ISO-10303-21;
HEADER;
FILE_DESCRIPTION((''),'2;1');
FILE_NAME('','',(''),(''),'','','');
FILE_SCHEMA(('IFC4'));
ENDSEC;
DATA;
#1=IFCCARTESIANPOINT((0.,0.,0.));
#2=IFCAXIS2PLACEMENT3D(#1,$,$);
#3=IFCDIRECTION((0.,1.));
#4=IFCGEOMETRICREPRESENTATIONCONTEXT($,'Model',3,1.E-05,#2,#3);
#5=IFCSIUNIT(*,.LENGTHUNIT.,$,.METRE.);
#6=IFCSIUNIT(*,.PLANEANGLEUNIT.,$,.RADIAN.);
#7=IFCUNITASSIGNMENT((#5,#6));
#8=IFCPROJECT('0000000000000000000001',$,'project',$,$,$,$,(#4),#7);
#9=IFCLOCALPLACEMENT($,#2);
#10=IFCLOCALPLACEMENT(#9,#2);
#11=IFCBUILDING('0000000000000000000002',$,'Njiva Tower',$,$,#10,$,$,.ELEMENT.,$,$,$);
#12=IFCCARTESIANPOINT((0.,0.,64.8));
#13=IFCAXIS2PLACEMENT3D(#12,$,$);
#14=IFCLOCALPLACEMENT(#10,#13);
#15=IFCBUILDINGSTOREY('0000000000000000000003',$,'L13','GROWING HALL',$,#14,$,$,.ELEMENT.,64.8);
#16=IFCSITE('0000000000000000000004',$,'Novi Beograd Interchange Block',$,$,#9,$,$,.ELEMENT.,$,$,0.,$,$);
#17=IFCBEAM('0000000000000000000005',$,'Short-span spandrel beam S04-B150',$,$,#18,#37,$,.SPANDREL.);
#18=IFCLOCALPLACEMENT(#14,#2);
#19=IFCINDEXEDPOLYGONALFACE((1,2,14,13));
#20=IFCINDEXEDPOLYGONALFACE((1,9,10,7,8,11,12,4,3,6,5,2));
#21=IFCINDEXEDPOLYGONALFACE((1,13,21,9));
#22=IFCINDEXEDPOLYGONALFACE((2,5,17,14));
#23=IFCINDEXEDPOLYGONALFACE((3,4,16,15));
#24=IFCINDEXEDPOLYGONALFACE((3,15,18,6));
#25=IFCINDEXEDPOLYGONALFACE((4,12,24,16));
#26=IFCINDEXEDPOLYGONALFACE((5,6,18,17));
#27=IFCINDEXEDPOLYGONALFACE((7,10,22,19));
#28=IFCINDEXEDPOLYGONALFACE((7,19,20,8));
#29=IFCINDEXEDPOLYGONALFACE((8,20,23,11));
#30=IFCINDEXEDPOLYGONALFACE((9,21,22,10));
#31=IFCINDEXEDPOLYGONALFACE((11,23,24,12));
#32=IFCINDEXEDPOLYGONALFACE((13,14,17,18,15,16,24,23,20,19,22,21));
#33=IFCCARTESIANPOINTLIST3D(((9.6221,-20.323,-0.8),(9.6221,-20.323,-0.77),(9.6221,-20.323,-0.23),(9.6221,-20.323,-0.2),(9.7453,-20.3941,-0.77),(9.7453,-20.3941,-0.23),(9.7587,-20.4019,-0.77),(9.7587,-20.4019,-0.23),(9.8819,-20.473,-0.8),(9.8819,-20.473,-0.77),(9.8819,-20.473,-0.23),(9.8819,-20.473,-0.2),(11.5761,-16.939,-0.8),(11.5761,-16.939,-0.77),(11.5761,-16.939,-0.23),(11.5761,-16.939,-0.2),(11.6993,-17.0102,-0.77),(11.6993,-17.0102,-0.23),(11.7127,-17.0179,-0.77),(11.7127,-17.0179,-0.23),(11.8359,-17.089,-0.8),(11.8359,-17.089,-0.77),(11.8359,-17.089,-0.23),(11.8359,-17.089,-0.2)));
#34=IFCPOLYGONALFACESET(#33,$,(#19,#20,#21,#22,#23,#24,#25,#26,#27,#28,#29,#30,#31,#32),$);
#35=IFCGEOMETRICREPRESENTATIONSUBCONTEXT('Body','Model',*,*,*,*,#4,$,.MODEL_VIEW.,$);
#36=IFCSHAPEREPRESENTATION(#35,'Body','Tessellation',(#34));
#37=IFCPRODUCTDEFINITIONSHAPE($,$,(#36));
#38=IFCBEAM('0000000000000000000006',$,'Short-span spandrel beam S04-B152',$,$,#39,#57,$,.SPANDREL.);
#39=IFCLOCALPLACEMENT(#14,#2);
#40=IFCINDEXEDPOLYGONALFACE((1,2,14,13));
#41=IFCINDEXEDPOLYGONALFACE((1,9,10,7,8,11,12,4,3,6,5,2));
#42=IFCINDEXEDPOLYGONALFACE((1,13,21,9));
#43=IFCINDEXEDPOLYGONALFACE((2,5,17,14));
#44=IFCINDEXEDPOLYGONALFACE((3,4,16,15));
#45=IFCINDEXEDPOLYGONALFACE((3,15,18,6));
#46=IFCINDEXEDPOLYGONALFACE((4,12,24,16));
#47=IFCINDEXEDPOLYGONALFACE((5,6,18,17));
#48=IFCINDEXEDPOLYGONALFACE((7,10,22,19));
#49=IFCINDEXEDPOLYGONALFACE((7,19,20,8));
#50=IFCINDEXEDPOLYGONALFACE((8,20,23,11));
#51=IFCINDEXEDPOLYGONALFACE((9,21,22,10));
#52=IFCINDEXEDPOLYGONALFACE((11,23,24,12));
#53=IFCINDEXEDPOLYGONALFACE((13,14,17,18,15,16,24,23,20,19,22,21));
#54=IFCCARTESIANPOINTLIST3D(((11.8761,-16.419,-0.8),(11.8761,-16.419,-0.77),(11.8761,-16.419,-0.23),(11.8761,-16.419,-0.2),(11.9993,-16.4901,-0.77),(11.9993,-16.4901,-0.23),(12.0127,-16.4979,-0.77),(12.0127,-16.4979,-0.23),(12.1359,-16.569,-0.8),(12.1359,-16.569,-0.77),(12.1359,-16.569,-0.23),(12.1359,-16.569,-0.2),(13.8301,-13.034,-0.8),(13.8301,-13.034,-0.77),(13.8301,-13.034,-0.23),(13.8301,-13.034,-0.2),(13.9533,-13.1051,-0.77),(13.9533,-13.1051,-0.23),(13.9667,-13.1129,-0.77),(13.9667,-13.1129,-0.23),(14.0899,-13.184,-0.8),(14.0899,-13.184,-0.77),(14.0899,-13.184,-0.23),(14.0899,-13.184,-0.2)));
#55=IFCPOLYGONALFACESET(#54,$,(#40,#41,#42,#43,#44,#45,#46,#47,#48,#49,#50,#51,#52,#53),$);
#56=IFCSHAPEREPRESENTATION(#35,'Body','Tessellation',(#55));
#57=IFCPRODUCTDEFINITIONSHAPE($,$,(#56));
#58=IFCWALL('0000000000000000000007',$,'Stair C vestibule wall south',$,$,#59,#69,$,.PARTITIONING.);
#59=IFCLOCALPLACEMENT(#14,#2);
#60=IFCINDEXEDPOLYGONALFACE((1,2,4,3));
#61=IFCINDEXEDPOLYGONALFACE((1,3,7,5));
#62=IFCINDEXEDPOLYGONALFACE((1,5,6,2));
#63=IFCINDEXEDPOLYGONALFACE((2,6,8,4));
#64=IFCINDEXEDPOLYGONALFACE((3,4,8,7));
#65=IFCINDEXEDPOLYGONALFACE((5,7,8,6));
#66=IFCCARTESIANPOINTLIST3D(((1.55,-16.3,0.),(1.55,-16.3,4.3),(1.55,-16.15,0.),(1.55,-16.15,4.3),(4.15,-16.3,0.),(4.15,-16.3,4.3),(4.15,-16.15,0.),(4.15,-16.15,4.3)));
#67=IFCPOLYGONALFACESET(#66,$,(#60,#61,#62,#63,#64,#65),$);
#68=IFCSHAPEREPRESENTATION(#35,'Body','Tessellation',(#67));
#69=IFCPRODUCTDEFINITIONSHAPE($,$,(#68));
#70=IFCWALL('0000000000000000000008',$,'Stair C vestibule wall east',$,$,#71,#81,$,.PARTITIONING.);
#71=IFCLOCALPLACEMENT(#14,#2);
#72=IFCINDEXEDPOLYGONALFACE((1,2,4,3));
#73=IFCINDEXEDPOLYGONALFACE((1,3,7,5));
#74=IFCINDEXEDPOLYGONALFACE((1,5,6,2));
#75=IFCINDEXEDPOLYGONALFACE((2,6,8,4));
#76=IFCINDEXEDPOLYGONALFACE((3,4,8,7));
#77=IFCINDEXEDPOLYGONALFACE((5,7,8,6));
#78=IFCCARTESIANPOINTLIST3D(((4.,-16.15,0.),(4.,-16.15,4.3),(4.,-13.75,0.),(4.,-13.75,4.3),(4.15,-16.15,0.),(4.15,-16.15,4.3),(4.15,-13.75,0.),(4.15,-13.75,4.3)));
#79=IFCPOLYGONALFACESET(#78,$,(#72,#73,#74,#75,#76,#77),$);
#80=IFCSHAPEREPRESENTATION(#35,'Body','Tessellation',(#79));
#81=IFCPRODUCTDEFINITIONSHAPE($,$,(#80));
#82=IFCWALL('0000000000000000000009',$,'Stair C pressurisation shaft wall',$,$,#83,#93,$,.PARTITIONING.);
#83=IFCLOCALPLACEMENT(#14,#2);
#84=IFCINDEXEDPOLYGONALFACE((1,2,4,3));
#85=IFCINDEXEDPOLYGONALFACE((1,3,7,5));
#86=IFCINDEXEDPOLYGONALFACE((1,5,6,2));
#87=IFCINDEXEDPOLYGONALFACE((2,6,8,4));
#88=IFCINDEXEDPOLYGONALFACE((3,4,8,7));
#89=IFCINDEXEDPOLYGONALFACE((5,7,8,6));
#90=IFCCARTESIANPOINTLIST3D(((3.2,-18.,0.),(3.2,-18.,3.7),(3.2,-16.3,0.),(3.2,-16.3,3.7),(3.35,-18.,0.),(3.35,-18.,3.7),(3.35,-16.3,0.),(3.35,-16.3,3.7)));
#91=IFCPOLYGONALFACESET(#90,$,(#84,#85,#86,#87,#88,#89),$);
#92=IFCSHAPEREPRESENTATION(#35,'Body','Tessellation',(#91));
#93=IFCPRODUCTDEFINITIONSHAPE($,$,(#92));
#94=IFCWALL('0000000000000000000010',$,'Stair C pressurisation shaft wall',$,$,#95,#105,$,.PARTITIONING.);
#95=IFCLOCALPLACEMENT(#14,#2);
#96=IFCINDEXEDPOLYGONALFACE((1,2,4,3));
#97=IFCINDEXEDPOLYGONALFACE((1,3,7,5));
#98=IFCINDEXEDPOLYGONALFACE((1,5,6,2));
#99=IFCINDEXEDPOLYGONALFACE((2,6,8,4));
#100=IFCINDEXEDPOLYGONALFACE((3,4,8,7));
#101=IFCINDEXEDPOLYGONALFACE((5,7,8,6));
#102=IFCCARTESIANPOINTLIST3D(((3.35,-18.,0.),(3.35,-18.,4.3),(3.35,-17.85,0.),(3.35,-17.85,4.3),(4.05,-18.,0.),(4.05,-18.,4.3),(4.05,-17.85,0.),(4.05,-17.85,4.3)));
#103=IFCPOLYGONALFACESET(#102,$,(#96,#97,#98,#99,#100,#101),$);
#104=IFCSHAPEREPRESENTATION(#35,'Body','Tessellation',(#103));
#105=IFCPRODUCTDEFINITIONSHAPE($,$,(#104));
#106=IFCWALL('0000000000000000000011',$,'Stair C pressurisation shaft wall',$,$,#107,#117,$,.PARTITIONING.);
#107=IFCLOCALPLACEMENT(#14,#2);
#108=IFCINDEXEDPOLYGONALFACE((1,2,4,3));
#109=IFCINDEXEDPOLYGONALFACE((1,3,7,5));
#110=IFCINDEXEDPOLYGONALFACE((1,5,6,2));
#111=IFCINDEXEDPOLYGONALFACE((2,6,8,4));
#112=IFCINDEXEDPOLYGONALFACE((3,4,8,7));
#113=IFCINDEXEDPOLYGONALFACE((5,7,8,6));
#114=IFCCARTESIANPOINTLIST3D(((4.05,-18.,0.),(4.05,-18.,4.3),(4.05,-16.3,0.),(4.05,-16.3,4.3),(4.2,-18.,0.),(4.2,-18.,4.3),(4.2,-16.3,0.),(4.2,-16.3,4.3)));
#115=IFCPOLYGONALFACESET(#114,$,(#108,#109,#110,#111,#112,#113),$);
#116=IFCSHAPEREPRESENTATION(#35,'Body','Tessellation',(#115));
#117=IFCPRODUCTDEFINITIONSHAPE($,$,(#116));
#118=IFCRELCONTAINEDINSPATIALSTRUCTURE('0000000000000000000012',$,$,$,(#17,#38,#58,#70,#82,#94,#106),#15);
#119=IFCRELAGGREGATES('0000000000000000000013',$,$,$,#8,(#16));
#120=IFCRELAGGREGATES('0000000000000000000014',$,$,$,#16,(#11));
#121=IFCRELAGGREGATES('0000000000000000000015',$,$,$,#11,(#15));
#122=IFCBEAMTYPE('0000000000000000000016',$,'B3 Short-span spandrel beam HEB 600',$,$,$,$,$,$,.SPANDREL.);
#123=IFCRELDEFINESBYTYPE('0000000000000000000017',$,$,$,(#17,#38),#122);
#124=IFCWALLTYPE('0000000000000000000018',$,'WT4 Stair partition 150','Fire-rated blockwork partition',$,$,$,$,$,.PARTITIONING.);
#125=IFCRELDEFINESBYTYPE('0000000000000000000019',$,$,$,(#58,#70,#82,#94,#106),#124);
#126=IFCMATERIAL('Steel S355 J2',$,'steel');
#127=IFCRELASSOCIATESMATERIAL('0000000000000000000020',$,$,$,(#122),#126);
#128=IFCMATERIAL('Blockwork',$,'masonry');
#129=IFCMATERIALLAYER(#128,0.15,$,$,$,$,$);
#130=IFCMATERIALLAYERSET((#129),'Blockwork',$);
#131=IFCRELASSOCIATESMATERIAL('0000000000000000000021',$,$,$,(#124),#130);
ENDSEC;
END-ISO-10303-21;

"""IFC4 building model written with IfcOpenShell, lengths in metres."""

from ifc_helpers import new_model, si_unit, direction, frame, frame_2d, origin, origin_2d, place, context, subcontext, project, spatial, rectangle, i_section, extrude, material, layer, layer_set, material_profile, profile_set, type_object, element, save


model = new_model("IFC4")

# Units and contexts
model_context = context("Model", 3, precision=1e-05, world=origin(), true_north=direction((0.0, 1.0)))
body_context = subcontext(model_context, "Body", "Model", "MODEL_VIEW")
ifc_project = project(units=[si_unit("LENGTHUNIT", "METRE"), si_unit("PLANEANGLEUNIT", "RADIAN")], contexts=[model_context])

# Site, building, storey
site_placement = place(None, origin())
site = spatial("IfcSite", under=ifc_project, at=site_placement, Name="Novi Beograd Interchange Block", CompositionType="ELEMENT", RefElevation=0.0)
building_placement = place(site_placement, origin())
building = spatial("IfcBuilding", under=site, at=building_placement, Name="Njiva Tower", CompositionType="ELEMENT")
storey_placement = place(building_placement, frame((0.0, 0.0, 64.8)))
storey = spatial("IfcBuildingStorey", under=building, at=storey_placement, Name="L13", Description="GROWING HALL", CompositionType="ELEMENT", Elevation=64.8)

# Shared definitions
ifc_material_1 = material(Name="Steel S355 J2", Category="steel")

# Beams
ifc_material_profile_1 = material_profile(ifc_material_1, i_section(OverallWidth=0.3, OverallDepth=0.6, WebThickness=0.0155, FlangeThickness=0.03, at=origin_2d()), Name="HEB 600")
ifc_profile_set_1 = profile_set([ifc_material_profile_1], Name="Steel S355 J2")
beam_type_1 = type_object("IfcBeamType", Name="B3 Short-span spandrel beam HEB 600", PredefinedType="SPANDREL", material=ifc_profile_set_1)
beam_1_placement = place(storey_placement, frame((9.752, -20.398, -0.5), z_axis=(0.500047, 0.865998, 0.0), x_axis=(-0.865998, 0.500047, 0.0)))
element("IfcBeam", 1, at=beam_1_placement, inside=storey, type_object=beam_type_1, Name="Short-span spandrel beam S04-B150", PredefinedType="SPANDREL", context=body_context, shape_type="SweptSolid", body=[
    extrude(i_section(OverallWidth=0.3, OverallDepth=0.6, WebThickness=0.0155, FlangeThickness=0.03, at=origin_2d()), origin(), (0.0, 0.0, 1.0), 3.9076),
])
beam_2_placement = place(storey_placement, frame((12.006, -16.494, -0.5), z_axis=(0.499937, 0.866062, 0.0), x_axis=(-0.866062, 0.499937, 0.0)))
element("IfcBeam", 2, at=beam_2_placement, inside=storey, type_object=beam_type_1, Name="Short-span spandrel beam S04-B152", PredefinedType="SPANDREL", context=body_context, shape_type="SweptSolid", body=[
    extrude(i_section(OverallWidth=0.3, OverallDepth=0.6, WebThickness=0.0155, FlangeThickness=0.03, at=origin_2d()), origin(), (0.0, 0.0, 1.0), 3.9085),
])

# Walls
ifc_material_2 = material(Name="Blockwork", Category="masonry")
ifc_layer = layer(ifc_material_2, 0.15)
ifc_layer_set = layer_set([ifc_layer], Name="Blockwork")
wall_type = type_object("IfcWallType", Name="WT4 Stair partition 150", Description="Fire-rated blockwork partition", PredefinedType="PARTITIONING", material=ifc_layer_set)
wall_1_placement = place(storey_placement, frame((1.55, -16.225, 0.0), z_axis=(0.0, 0.0, 1.0), x_axis=(1.0, 0.0, 0.0)))
element("IfcWall", 3, at=wall_1_placement, inside=storey, type_object=wall_type, Name="Stair C vestibule wall south", PredefinedType="PARTITIONING", context=body_context, shape_type="SweptSolid", body=[
    extrude(rectangle(XDim=2.6, YDim=0.15, at=frame_2d((1.3, 0.0))), origin(), (0.0, 0.0, 1.0), 4.3),
])
wall_2_placement = place(storey_placement, frame((4.075, -16.15, 0.0), z_axis=(0.0, 0.0, 1.0), x_axis=(0.0, 1.0, 0.0)))
element("IfcWall", 4, at=wall_2_placement, inside=storey, type_object=wall_type, Name="Stair C vestibule wall east", PredefinedType="PARTITIONING", context=body_context, shape_type="SweptSolid", body=[
    extrude(rectangle(XDim=2.4, YDim=0.15, at=frame_2d((1.2, 0.0))), origin(), (0.0, 0.0, 1.0), 4.3),
])
wall_3_placement = place(storey_placement, frame((3.275, -18.0, 0.0), z_axis=(0.0, 0.0, 1.0), x_axis=(0.0, 1.0, 0.0)))
element("IfcWall", 5, at=wall_3_placement, inside=storey, type_object=wall_type, Name="Stair C pressurisation shaft wall", PredefinedType="PARTITIONING", context=body_context, shape_type="SweptSolid", body=[
    extrude(rectangle(XDim=1.7, YDim=0.15, at=frame_2d((0.85, 0.0))), origin(), (0.0, 0.0, 1.0), 3.7),
])
wall_4_placement = place(storey_placement, frame((3.35, -17.925, 0.0), z_axis=(0.0, 0.0, 1.0), x_axis=(1.0, 0.0, 0.0)))
element("IfcWall", 6, at=wall_4_placement, inside=storey, type_object=wall_type, Name="Stair C pressurisation shaft wall", PredefinedType="PARTITIONING", context=body_context, shape_type="SweptSolid", body=[
    extrude(rectangle(XDim=0.7, YDim=0.15, at=frame_2d((0.35, 0.0))), origin(), (0.0, 0.0, 1.0), 4.3),
])
wall_5_placement = place(storey_placement, frame((4.125, -18.0, 0.0), z_axis=(0.0, 0.0, 1.0), x_axis=(0.0, 1.0, 0.0)))
element("IfcWall", 7, at=wall_5_placement, inside=storey, type_object=wall_type, Name="Stair C pressurisation shaft wall", PredefinedType="PARTITIONING", context=body_context, shape_type="SweptSolid", body=[
    extrude(rectangle(XDim=1.7, YDim=0.15, at=frame_2d((0.85, 0.0))), origin(), (0.0, 0.0, 1.0), 4.3),
])

save(model, "model.ifc")
